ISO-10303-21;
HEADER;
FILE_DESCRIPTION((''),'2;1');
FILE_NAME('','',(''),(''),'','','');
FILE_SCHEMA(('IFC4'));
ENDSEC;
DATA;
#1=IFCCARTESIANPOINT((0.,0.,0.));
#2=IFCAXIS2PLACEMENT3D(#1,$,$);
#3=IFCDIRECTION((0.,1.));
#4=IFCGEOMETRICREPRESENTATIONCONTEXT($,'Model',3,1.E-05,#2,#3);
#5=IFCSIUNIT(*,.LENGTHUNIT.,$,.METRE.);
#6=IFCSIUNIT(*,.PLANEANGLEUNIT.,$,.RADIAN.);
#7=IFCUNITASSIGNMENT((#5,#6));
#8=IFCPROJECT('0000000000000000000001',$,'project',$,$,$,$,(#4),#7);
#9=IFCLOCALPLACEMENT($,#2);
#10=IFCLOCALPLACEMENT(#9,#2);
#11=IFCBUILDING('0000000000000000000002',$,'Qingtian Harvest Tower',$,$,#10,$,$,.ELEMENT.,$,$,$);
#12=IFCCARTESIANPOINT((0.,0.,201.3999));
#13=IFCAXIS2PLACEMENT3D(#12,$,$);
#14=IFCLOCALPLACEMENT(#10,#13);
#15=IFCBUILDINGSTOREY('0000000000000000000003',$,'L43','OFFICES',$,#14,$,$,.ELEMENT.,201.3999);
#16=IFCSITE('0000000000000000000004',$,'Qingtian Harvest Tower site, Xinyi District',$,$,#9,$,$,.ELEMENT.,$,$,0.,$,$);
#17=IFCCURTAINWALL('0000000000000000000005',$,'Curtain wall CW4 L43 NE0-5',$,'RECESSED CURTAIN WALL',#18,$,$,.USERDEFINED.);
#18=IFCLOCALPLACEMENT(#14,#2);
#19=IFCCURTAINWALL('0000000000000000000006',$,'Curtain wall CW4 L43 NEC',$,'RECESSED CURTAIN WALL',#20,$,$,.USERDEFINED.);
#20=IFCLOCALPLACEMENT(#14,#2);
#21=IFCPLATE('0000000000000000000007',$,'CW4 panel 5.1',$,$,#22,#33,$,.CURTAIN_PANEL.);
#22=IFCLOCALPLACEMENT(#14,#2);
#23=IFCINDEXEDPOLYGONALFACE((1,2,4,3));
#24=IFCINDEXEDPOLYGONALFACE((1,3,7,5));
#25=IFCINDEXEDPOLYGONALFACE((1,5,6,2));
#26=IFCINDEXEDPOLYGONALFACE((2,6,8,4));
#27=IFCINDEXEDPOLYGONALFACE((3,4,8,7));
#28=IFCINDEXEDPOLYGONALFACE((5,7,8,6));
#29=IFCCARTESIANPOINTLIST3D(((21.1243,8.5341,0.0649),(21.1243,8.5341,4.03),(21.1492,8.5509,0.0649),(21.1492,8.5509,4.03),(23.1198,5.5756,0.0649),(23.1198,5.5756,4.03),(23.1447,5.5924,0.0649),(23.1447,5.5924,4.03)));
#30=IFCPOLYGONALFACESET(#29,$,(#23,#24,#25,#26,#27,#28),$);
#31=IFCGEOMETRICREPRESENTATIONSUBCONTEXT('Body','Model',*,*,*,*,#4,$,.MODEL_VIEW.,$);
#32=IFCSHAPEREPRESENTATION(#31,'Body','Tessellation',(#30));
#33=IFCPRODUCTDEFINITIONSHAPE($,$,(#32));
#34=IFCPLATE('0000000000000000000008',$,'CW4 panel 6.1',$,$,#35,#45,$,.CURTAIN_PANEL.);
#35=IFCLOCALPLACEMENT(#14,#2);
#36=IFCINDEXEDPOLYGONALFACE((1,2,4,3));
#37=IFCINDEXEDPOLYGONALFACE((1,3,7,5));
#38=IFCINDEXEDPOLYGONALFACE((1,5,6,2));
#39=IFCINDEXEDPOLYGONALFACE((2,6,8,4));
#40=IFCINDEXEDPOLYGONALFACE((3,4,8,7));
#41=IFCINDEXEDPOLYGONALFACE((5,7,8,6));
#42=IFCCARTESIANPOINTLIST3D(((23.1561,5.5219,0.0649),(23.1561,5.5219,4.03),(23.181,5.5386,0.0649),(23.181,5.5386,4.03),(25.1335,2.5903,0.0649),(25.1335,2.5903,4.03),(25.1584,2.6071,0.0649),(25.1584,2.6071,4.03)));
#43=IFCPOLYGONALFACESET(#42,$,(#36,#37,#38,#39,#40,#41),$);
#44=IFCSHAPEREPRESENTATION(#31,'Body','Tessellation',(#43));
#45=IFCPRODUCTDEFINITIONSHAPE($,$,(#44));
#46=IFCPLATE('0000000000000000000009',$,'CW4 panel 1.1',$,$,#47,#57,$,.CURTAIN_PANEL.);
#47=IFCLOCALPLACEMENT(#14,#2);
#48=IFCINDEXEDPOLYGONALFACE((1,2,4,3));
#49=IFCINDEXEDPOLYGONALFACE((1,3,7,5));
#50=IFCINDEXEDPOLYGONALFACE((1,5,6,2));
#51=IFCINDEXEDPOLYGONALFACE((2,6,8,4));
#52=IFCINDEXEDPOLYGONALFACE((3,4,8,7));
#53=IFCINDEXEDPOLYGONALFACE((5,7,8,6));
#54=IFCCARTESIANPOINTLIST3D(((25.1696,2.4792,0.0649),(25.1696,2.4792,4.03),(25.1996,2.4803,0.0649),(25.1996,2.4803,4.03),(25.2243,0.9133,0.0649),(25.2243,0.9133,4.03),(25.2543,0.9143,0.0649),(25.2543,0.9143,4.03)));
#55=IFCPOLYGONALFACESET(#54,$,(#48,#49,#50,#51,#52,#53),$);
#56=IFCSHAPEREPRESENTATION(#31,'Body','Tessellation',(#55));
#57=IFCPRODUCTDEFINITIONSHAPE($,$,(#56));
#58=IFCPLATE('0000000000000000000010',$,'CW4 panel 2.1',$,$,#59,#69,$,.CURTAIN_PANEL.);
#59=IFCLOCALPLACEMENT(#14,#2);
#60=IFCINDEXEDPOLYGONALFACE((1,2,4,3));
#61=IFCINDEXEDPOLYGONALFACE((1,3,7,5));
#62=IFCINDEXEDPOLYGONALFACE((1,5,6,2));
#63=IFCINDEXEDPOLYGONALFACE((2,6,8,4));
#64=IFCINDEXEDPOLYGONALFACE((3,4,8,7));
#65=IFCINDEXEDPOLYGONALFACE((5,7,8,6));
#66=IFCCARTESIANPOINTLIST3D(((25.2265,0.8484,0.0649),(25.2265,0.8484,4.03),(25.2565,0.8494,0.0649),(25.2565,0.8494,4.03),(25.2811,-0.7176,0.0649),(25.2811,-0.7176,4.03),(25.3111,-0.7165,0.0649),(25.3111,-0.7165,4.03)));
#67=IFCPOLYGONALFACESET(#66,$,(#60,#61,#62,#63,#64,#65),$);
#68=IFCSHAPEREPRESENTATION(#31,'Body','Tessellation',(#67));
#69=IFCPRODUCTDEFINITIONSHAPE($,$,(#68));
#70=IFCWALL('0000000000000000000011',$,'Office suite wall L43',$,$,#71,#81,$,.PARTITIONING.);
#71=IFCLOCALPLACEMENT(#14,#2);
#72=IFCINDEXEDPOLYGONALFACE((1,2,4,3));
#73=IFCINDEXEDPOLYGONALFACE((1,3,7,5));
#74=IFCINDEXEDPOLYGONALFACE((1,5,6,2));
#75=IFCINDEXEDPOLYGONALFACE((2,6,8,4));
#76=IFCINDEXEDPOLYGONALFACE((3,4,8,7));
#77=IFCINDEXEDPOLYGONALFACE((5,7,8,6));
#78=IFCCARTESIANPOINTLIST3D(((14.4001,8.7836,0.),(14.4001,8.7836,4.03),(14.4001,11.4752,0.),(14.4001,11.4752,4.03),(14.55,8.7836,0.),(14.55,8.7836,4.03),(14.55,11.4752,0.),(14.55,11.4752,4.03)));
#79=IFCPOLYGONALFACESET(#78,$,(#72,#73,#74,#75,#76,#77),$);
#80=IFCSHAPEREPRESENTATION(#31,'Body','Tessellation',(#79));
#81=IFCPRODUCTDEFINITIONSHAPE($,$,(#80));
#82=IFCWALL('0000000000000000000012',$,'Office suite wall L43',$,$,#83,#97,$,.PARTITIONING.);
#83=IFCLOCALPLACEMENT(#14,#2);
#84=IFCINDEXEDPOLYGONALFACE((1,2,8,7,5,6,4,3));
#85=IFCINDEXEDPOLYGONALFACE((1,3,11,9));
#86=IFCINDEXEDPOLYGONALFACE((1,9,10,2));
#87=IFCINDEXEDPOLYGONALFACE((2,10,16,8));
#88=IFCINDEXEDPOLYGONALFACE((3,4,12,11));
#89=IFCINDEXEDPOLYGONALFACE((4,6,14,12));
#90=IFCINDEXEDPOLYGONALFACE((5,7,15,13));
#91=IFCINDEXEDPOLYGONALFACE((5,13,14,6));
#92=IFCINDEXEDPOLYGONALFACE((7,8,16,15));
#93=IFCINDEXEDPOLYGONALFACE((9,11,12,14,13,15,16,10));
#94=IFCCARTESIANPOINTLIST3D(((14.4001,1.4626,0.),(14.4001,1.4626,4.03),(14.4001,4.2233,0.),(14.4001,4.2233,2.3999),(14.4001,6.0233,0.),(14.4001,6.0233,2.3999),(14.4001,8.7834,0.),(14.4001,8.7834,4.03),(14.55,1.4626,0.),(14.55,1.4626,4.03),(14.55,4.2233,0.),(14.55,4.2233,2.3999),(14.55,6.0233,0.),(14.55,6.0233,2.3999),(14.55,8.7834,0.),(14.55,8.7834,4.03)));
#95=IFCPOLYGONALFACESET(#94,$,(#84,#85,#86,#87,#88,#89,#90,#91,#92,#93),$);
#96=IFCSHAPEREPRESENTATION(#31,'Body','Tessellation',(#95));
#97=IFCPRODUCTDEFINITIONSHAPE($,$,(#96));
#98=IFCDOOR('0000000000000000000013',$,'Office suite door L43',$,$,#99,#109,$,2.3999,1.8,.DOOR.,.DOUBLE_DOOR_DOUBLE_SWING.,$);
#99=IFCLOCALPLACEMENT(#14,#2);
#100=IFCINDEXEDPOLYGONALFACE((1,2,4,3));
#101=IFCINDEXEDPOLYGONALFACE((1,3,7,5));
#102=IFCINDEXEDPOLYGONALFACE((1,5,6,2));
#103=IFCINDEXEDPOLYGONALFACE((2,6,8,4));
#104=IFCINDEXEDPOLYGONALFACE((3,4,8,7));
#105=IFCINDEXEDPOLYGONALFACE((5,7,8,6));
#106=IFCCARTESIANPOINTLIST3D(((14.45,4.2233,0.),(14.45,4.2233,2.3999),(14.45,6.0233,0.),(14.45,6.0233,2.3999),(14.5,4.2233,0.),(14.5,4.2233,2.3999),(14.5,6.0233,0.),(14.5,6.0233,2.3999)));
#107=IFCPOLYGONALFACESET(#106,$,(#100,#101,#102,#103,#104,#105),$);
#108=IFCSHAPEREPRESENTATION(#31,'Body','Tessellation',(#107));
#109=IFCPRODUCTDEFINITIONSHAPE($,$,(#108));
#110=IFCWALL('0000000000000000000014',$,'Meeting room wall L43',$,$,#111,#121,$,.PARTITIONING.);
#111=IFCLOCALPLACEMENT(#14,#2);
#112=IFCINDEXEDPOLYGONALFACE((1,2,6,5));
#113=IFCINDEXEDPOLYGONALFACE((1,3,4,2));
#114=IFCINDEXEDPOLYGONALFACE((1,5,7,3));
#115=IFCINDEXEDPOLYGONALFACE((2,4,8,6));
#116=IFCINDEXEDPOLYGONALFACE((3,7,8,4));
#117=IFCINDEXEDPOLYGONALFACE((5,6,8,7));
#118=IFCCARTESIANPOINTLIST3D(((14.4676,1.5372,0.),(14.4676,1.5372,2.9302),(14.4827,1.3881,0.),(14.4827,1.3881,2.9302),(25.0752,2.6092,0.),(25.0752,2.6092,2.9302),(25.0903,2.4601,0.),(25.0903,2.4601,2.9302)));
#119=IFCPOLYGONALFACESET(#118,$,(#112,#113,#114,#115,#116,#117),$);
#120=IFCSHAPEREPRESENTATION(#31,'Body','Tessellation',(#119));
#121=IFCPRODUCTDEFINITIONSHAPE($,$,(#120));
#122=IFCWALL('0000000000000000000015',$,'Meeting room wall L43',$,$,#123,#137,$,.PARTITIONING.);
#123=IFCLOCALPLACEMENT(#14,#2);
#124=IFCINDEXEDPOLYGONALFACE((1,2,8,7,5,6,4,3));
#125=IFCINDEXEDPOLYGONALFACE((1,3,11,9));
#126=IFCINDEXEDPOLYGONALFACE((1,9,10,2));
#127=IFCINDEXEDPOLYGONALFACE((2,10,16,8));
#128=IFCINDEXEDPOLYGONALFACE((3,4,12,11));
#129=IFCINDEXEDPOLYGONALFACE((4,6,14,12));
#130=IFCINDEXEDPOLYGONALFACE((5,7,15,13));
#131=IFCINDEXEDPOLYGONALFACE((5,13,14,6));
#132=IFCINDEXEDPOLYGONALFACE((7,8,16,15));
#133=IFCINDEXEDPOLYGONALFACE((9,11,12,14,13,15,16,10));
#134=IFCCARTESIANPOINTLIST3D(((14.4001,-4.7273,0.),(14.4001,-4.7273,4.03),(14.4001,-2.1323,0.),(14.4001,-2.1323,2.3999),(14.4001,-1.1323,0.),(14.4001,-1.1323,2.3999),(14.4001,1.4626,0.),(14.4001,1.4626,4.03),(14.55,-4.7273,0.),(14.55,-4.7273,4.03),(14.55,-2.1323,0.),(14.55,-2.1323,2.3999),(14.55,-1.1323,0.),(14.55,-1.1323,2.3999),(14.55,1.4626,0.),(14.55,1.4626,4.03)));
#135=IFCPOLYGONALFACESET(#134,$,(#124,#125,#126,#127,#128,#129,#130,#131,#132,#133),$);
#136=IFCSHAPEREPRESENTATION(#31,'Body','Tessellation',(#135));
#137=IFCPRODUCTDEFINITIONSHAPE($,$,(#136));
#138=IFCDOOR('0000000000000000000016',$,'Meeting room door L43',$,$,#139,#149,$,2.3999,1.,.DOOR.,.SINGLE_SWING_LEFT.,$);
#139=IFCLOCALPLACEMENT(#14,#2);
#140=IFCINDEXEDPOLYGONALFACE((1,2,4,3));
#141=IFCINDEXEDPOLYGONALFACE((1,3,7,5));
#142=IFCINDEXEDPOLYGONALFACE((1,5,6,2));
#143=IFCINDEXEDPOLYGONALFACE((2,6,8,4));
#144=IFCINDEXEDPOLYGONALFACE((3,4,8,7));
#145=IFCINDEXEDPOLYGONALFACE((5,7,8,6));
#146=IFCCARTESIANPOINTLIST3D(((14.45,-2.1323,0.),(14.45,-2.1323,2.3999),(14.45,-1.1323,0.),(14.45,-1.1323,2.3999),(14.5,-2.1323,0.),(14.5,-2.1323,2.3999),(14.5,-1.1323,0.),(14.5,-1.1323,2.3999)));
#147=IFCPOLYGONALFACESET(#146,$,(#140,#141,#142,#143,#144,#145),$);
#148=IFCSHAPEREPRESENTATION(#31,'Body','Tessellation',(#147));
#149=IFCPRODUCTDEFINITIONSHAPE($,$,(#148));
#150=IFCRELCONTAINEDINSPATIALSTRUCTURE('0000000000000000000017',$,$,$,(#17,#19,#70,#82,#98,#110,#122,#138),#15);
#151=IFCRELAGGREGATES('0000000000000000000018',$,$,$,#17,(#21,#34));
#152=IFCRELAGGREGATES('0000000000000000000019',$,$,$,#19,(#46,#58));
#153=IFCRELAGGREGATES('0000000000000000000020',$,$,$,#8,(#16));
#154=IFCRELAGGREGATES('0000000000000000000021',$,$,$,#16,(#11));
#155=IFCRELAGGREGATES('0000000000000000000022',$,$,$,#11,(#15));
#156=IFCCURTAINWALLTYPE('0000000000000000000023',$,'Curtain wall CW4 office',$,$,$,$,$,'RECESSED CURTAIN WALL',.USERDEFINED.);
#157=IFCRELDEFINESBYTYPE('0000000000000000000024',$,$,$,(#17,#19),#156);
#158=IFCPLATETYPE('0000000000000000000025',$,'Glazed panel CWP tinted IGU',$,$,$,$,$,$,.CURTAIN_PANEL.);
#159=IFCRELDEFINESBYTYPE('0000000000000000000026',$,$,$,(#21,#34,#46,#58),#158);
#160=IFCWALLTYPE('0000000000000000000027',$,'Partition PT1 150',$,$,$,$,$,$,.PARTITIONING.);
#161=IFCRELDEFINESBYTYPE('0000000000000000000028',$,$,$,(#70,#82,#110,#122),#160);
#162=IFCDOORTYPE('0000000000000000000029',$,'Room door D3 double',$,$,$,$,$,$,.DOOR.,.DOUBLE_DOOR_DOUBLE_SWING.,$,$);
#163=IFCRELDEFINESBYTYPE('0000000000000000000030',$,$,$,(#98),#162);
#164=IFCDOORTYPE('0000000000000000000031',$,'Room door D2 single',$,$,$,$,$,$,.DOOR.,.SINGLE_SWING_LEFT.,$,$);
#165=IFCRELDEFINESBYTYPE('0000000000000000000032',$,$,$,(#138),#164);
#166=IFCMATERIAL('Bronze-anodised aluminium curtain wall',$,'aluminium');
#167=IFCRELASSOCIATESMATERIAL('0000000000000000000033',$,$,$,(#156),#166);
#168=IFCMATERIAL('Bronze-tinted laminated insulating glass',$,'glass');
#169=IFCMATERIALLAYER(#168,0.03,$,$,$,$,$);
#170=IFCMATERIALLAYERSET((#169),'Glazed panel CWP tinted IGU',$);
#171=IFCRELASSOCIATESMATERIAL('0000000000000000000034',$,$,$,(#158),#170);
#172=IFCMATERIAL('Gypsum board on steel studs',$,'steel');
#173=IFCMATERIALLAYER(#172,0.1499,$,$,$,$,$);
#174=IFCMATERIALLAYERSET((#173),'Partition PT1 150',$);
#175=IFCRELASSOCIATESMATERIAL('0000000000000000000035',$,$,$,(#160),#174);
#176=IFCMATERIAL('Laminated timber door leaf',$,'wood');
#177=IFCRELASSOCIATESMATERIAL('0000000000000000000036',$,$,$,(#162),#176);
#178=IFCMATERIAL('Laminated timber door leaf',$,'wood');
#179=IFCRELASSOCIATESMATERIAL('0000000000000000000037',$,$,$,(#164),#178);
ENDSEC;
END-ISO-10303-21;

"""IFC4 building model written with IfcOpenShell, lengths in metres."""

from ifc_helpers import new_model, si_unit, direction, frame, frame_2d, origin, origin_2d, place, context, subcontext, project, spatial, rectangle, extrude, material, layer, layer_set, type_object, element, fill, aggregate, save


model = new_model("IFC4")

# Units and contexts
model_context = context("Model", 3, precision=1e-05, world=origin(), true_north=direction((0.0, 1.0)))
body_context = subcontext(model_context, "Body", "Model", "MODEL_VIEW")
ifc_project = project(units=[si_unit("LENGTHUNIT", "METRE"), si_unit("PLANEANGLEUNIT", "RADIAN")], contexts=[model_context])

# Site, building, storey
site_placement = place(None, origin())
site = spatial("IfcSite", under=ifc_project, at=site_placement, Name="Qingtian Harvest Tower site, Xinyi District", CompositionType="ELEMENT", RefElevation=0.0)
building_placement = place(site_placement, origin())
building = spatial("IfcBuilding", under=site, at=building_placement, Name="Qingtian Harvest Tower", CompositionType="ELEMENT")
storey_placement = place(building_placement, frame((0.0, 0.0, 201.3999)))
storey = spatial("IfcBuildingStorey", under=building, at=storey_placement, Name="L43", Description="OFFICES", CompositionType="ELEMENT", Elevation=201.3999)

# Curtain walls
ifc_material_1 = material(Name="Bronze-anodised aluminium curtain wall", Category="aluminium")
curtain_wall_type = type_object("IfcCurtainWallType", Name="Curtain wall CW4 office", ElementType="RECESSED CURTAIN WALL", PredefinedType="USERDEFINED", material=ifc_material_1)
curtain_wall_1_placement = place(storey_placement, origin())
curtain_wall_1 = element("IfcCurtainWall", 1, at=curtain_wall_1_placement, inside=storey, type_object=curtain_wall_type, Name="Curtain wall CW4 L43 NE0-5", ObjectType="RECESSED CURTAIN WALL", PredefinedType="USERDEFINED")
curtain_wall_2_placement = place(storey_placement, origin())
curtain_wall_2 = element("IfcCurtainWall", 2, at=curtain_wall_2_placement, inside=storey, type_object=curtain_wall_type, Name="Curtain wall CW4 L43 NEC", ObjectType="RECESSED CURTAIN WALL", PredefinedType="USERDEFINED")

# Plates
ifc_material_2 = material(Name="Bronze-tinted laminated insulating glass", Category="glass")
ifc_layer_1 = layer(ifc_material_2, 0.03)
ifc_layer_set_1 = layer_set([ifc_layer_1], Name="Glazed panel CWP tinted IGU")
plate_type = type_object("IfcPlateType", Name="Glazed panel CWP tinted IGU", PredefinedType="CURTAIN_PANEL", material=ifc_layer_set_1)
plate_1_placement = place(storey_placement, frame((22.1345, 7.0632, 0.0649), z_axis=(0.0, 0.0, 1.0), x_axis=(0.559193, -0.829038, 0.0)))
plate_1 = element("IfcPlate", 3, at=plate_1_placement, type_object=plate_type, Name="CW4 panel 5.1", PredefinedType="CURTAIN_PANEL", context=body_context, shape_type="SweptSolid", body=[
    extrude(rectangle(XDim=3.5686, YDim=0.03, at=origin_2d()), origin(), (0.0, 0.0, 1.0), 3.9651),
])
plate_2_placement = place(storey_placement, frame((24.1572, 4.0645, 0.0649), z_axis=(0.0, 0.0, 1.0), x_axis=(0.559193, -0.829038, 0.0)))
plate_2 = element("IfcPlate", 4, at=plate_2_placement, type_object=plate_type, Name="CW4 panel 6.1", PredefinedType="CURTAIN_PANEL", context=body_context, shape_type="SweptSolid", body=[
    extrude(rectangle(XDim=3.5361, YDim=0.03, at=origin_2d()), origin(), (0.0, 0.0, 1.0), 3.9651),
])
aggregate(curtain_wall_1, [plate_1, plate_2])
plate_3_placement = place(storey_placement, frame((25.2119, 1.6968, 0.0649), z_axis=(0.0, 0.0, 1.0), x_axis=(0.034899, -0.999391, 0.0)))
plate_3 = element("IfcPlate", 5, at=plate_3_placement, type_object=plate_type, Name="CW4 panel 1.1", PredefinedType="CURTAIN_PANEL", context=body_context, shape_type="SweptSolid", body=[
    extrude(rectangle(XDim=1.5669, YDim=0.03, at=origin_2d()), origin(), (0.0, 0.0, 1.0), 3.9651),
])
plate_4_placement = place(storey_placement, frame((25.2688, 0.0659, 0.0649), z_axis=(0.0, 0.0, 1.0), x_axis=(0.034899, -0.999391, 0.0)))
plate_4 = element("IfcPlate", 6, at=plate_4_placement, type_object=plate_type, Name="CW4 panel 2.1", PredefinedType="CURTAIN_PANEL", context=body_context, shape_type="SweptSolid", body=[
    extrude(rectangle(XDim=1.5669, YDim=0.03, at=origin_2d()), origin(), (0.0, 0.0, 1.0), 3.9651),
])
aggregate(curtain_wall_2, [plate_3, plate_4])

# Wall
ifc_material_3 = material(Name="Gypsum board on steel studs", Category="steel")
ifc_layer_2 = layer(ifc_material_3, 0.1499)
ifc_layer_set_2 = layer_set([ifc_layer_2], Name="Partition PT1 150")
wall_type = type_object("IfcWallType", Name="Partition PT1 150", PredefinedType="PARTITIONING", material=ifc_layer_set_2)
wall_1_placement = place(storey_placement, frame((14.4751, 11.4751, 0.0), z_axis=(0.0, 0.0, 1.0), x_axis=(0.0, -1.0, 0.0)))
element("IfcWall", 7, at=wall_1_placement, inside=storey, type_object=wall_type, Name="Office suite wall L43", PredefinedType="PARTITIONING", context=body_context, shape_type="SweptSolid", body=[
    extrude(rectangle(XDim=2.6917, YDim=0.1499, at=frame_2d((1.3457, 0.0))), origin(), (0.0, 0.0, 1.0), 4.03),
])

# Wall, opening, door
wall_2_placement = place(storey_placement, frame((14.4751, 8.7834, 0.0), z_axis=(0.0, 0.0, 1.0), x_axis=(0.0, -1.0, 0.0)))
wall_2 = element("IfcWall", 8, at=wall_2_placement, inside=storey, type_object=wall_type, Name="Office suite wall L43", PredefinedType="PARTITIONING", context=body_context, shape_type="SweptSolid", body=[
    extrude(rectangle(XDim=7.3208, YDim=0.1499, at=frame_2d((3.6604, 0.0))), origin(), (0.0, 0.0, 1.0), 4.03),
])
opening_1_placement = place(wall_2_placement, frame((2.7603, 0.0, 0.0)))
opening_1 = element("IfcOpeningElement", 9, at=opening_1_placement, cuts=wall_2, PredefinedType="OPENING", context=body_context, shape_type="SweptSolid", body=[
    extrude(rectangle(XDim=1.8, YDim=2.3999, at=frame_2d((0.8999, 1.2))), frame((0.0, 0.085, 0.0), z_axis=(0.0, -1.0, 0.0), x_axis=(1.0, 0.0, 0.0)), (0.0, 0.0, 1.0), 0.1699),
])
ifc_material_4 = material(Name="Laminated timber door leaf", Category="wood")
door_type_1 = type_object("IfcDoorType", Name="Room door D3 double", OperationType="DOUBLE_DOOR_DOUBLE_SWING", PredefinedType="DOOR", material=ifc_material_4)
door_1_placement = place(opening_1_placement, origin())
door_1 = element("IfcDoor", 10, at=door_1_placement, inside=storey, type_object=door_type_1, Name="Office suite door L43", OperationType="DOUBLE_DOOR_DOUBLE_SWING", OverallHeight=2.3999, OverallWidth=1.8, PredefinedType="DOOR", context=body_context, shape_type="SweptSolid", body=[
    extrude(rectangle(XDim=1.8, YDim=2.3999, at=frame_2d((0.8999, 1.2))), frame((0.0, 0.0249, 0.0), z_axis=(0.0, -1.0, 0.0), x_axis=(1.0, 0.0, 0.0)), (0.0, 0.0, 1.0), 0.05),
])
fill(opening_1, door_1)

# Wall
wall_3_placement = place(storey_placement, frame((25.0828, 2.5347, 0.0), z_axis=(0.0, 0.0, 1.0), x_axis=(-0.994932, -0.100549, 0.0)))
element("IfcWall", 11, at=wall_3_placement, inside=storey, type_object=wall_type, Name="Meeting room wall L43", PredefinedType="PARTITIONING", context=body_context, shape_type="SweptSolid", body=[
    extrude(rectangle(XDim=10.6616, YDim=0.1499, at=frame_2d((5.3308, 0.0))), origin(), (0.0, 0.0, 1.0), 2.9302),
])

# Wall, opening, door
wall_4_placement = place(storey_placement, frame((14.4751, 1.4626, 0.0), z_axis=(0.0, 0.0, 1.0), x_axis=(0.0, -1.0, 0.0)))
wall_4 = element("IfcWall", 12, at=wall_4_placement, inside=storey, type_object=wall_type, Name="Meeting room wall L43", PredefinedType="PARTITIONING", context=body_context, shape_type="SweptSolid", body=[
    extrude(rectangle(XDim=6.1899, YDim=0.1499, at=frame_2d((3.095, 0.0))), origin(), (0.0, 0.0, 1.0), 4.03),
])
opening_2_placement = place(wall_4_placement, frame((2.595, 0.0, 0.0)))
opening_2 = element("IfcOpeningElement", 13, at=opening_2_placement, cuts=wall_4, PredefinedType="OPENING", context=body_context, shape_type="SweptSolid", body=[
    extrude(rectangle(XDim=1.0, YDim=2.3999, at=frame_2d((0.5, 1.2))), frame((0.0, 0.085, 0.0), z_axis=(0.0, -1.0, 0.0), x_axis=(1.0, 0.0, 0.0)), (0.0, 0.0, 1.0), 0.1699),
])
ifc_material_5 = material(Name="Laminated timber door leaf", Category="wood")
door_type_2 = type_object("IfcDoorType", Name="Room door D2 single", OperationType="SINGLE_SWING_LEFT", PredefinedType="DOOR", material=ifc_material_5)
door_2_placement = place(opening_2_placement, origin())
door_2 = element("IfcDoor", 14, at=door_2_placement, inside=storey, type_object=door_type_2, Name="Meeting room door L43", OperationType="SINGLE_SWING_LEFT", OverallHeight=2.3999, OverallWidth=1.0, PredefinedType="DOOR", context=body_context, shape_type="SweptSolid", body=[
    extrude(rectangle(XDim=1.0, YDim=2.3999, at=frame_2d((0.5, 1.2))), frame((0.0, 0.0249, 0.0), z_axis=(0.0, -1.0, 0.0), x_axis=(1.0, 0.0, 0.0)), (0.0, 0.0, 1.0), 0.05),
])
fill(opening_2, door_2)

save(model, "model.ifc")
